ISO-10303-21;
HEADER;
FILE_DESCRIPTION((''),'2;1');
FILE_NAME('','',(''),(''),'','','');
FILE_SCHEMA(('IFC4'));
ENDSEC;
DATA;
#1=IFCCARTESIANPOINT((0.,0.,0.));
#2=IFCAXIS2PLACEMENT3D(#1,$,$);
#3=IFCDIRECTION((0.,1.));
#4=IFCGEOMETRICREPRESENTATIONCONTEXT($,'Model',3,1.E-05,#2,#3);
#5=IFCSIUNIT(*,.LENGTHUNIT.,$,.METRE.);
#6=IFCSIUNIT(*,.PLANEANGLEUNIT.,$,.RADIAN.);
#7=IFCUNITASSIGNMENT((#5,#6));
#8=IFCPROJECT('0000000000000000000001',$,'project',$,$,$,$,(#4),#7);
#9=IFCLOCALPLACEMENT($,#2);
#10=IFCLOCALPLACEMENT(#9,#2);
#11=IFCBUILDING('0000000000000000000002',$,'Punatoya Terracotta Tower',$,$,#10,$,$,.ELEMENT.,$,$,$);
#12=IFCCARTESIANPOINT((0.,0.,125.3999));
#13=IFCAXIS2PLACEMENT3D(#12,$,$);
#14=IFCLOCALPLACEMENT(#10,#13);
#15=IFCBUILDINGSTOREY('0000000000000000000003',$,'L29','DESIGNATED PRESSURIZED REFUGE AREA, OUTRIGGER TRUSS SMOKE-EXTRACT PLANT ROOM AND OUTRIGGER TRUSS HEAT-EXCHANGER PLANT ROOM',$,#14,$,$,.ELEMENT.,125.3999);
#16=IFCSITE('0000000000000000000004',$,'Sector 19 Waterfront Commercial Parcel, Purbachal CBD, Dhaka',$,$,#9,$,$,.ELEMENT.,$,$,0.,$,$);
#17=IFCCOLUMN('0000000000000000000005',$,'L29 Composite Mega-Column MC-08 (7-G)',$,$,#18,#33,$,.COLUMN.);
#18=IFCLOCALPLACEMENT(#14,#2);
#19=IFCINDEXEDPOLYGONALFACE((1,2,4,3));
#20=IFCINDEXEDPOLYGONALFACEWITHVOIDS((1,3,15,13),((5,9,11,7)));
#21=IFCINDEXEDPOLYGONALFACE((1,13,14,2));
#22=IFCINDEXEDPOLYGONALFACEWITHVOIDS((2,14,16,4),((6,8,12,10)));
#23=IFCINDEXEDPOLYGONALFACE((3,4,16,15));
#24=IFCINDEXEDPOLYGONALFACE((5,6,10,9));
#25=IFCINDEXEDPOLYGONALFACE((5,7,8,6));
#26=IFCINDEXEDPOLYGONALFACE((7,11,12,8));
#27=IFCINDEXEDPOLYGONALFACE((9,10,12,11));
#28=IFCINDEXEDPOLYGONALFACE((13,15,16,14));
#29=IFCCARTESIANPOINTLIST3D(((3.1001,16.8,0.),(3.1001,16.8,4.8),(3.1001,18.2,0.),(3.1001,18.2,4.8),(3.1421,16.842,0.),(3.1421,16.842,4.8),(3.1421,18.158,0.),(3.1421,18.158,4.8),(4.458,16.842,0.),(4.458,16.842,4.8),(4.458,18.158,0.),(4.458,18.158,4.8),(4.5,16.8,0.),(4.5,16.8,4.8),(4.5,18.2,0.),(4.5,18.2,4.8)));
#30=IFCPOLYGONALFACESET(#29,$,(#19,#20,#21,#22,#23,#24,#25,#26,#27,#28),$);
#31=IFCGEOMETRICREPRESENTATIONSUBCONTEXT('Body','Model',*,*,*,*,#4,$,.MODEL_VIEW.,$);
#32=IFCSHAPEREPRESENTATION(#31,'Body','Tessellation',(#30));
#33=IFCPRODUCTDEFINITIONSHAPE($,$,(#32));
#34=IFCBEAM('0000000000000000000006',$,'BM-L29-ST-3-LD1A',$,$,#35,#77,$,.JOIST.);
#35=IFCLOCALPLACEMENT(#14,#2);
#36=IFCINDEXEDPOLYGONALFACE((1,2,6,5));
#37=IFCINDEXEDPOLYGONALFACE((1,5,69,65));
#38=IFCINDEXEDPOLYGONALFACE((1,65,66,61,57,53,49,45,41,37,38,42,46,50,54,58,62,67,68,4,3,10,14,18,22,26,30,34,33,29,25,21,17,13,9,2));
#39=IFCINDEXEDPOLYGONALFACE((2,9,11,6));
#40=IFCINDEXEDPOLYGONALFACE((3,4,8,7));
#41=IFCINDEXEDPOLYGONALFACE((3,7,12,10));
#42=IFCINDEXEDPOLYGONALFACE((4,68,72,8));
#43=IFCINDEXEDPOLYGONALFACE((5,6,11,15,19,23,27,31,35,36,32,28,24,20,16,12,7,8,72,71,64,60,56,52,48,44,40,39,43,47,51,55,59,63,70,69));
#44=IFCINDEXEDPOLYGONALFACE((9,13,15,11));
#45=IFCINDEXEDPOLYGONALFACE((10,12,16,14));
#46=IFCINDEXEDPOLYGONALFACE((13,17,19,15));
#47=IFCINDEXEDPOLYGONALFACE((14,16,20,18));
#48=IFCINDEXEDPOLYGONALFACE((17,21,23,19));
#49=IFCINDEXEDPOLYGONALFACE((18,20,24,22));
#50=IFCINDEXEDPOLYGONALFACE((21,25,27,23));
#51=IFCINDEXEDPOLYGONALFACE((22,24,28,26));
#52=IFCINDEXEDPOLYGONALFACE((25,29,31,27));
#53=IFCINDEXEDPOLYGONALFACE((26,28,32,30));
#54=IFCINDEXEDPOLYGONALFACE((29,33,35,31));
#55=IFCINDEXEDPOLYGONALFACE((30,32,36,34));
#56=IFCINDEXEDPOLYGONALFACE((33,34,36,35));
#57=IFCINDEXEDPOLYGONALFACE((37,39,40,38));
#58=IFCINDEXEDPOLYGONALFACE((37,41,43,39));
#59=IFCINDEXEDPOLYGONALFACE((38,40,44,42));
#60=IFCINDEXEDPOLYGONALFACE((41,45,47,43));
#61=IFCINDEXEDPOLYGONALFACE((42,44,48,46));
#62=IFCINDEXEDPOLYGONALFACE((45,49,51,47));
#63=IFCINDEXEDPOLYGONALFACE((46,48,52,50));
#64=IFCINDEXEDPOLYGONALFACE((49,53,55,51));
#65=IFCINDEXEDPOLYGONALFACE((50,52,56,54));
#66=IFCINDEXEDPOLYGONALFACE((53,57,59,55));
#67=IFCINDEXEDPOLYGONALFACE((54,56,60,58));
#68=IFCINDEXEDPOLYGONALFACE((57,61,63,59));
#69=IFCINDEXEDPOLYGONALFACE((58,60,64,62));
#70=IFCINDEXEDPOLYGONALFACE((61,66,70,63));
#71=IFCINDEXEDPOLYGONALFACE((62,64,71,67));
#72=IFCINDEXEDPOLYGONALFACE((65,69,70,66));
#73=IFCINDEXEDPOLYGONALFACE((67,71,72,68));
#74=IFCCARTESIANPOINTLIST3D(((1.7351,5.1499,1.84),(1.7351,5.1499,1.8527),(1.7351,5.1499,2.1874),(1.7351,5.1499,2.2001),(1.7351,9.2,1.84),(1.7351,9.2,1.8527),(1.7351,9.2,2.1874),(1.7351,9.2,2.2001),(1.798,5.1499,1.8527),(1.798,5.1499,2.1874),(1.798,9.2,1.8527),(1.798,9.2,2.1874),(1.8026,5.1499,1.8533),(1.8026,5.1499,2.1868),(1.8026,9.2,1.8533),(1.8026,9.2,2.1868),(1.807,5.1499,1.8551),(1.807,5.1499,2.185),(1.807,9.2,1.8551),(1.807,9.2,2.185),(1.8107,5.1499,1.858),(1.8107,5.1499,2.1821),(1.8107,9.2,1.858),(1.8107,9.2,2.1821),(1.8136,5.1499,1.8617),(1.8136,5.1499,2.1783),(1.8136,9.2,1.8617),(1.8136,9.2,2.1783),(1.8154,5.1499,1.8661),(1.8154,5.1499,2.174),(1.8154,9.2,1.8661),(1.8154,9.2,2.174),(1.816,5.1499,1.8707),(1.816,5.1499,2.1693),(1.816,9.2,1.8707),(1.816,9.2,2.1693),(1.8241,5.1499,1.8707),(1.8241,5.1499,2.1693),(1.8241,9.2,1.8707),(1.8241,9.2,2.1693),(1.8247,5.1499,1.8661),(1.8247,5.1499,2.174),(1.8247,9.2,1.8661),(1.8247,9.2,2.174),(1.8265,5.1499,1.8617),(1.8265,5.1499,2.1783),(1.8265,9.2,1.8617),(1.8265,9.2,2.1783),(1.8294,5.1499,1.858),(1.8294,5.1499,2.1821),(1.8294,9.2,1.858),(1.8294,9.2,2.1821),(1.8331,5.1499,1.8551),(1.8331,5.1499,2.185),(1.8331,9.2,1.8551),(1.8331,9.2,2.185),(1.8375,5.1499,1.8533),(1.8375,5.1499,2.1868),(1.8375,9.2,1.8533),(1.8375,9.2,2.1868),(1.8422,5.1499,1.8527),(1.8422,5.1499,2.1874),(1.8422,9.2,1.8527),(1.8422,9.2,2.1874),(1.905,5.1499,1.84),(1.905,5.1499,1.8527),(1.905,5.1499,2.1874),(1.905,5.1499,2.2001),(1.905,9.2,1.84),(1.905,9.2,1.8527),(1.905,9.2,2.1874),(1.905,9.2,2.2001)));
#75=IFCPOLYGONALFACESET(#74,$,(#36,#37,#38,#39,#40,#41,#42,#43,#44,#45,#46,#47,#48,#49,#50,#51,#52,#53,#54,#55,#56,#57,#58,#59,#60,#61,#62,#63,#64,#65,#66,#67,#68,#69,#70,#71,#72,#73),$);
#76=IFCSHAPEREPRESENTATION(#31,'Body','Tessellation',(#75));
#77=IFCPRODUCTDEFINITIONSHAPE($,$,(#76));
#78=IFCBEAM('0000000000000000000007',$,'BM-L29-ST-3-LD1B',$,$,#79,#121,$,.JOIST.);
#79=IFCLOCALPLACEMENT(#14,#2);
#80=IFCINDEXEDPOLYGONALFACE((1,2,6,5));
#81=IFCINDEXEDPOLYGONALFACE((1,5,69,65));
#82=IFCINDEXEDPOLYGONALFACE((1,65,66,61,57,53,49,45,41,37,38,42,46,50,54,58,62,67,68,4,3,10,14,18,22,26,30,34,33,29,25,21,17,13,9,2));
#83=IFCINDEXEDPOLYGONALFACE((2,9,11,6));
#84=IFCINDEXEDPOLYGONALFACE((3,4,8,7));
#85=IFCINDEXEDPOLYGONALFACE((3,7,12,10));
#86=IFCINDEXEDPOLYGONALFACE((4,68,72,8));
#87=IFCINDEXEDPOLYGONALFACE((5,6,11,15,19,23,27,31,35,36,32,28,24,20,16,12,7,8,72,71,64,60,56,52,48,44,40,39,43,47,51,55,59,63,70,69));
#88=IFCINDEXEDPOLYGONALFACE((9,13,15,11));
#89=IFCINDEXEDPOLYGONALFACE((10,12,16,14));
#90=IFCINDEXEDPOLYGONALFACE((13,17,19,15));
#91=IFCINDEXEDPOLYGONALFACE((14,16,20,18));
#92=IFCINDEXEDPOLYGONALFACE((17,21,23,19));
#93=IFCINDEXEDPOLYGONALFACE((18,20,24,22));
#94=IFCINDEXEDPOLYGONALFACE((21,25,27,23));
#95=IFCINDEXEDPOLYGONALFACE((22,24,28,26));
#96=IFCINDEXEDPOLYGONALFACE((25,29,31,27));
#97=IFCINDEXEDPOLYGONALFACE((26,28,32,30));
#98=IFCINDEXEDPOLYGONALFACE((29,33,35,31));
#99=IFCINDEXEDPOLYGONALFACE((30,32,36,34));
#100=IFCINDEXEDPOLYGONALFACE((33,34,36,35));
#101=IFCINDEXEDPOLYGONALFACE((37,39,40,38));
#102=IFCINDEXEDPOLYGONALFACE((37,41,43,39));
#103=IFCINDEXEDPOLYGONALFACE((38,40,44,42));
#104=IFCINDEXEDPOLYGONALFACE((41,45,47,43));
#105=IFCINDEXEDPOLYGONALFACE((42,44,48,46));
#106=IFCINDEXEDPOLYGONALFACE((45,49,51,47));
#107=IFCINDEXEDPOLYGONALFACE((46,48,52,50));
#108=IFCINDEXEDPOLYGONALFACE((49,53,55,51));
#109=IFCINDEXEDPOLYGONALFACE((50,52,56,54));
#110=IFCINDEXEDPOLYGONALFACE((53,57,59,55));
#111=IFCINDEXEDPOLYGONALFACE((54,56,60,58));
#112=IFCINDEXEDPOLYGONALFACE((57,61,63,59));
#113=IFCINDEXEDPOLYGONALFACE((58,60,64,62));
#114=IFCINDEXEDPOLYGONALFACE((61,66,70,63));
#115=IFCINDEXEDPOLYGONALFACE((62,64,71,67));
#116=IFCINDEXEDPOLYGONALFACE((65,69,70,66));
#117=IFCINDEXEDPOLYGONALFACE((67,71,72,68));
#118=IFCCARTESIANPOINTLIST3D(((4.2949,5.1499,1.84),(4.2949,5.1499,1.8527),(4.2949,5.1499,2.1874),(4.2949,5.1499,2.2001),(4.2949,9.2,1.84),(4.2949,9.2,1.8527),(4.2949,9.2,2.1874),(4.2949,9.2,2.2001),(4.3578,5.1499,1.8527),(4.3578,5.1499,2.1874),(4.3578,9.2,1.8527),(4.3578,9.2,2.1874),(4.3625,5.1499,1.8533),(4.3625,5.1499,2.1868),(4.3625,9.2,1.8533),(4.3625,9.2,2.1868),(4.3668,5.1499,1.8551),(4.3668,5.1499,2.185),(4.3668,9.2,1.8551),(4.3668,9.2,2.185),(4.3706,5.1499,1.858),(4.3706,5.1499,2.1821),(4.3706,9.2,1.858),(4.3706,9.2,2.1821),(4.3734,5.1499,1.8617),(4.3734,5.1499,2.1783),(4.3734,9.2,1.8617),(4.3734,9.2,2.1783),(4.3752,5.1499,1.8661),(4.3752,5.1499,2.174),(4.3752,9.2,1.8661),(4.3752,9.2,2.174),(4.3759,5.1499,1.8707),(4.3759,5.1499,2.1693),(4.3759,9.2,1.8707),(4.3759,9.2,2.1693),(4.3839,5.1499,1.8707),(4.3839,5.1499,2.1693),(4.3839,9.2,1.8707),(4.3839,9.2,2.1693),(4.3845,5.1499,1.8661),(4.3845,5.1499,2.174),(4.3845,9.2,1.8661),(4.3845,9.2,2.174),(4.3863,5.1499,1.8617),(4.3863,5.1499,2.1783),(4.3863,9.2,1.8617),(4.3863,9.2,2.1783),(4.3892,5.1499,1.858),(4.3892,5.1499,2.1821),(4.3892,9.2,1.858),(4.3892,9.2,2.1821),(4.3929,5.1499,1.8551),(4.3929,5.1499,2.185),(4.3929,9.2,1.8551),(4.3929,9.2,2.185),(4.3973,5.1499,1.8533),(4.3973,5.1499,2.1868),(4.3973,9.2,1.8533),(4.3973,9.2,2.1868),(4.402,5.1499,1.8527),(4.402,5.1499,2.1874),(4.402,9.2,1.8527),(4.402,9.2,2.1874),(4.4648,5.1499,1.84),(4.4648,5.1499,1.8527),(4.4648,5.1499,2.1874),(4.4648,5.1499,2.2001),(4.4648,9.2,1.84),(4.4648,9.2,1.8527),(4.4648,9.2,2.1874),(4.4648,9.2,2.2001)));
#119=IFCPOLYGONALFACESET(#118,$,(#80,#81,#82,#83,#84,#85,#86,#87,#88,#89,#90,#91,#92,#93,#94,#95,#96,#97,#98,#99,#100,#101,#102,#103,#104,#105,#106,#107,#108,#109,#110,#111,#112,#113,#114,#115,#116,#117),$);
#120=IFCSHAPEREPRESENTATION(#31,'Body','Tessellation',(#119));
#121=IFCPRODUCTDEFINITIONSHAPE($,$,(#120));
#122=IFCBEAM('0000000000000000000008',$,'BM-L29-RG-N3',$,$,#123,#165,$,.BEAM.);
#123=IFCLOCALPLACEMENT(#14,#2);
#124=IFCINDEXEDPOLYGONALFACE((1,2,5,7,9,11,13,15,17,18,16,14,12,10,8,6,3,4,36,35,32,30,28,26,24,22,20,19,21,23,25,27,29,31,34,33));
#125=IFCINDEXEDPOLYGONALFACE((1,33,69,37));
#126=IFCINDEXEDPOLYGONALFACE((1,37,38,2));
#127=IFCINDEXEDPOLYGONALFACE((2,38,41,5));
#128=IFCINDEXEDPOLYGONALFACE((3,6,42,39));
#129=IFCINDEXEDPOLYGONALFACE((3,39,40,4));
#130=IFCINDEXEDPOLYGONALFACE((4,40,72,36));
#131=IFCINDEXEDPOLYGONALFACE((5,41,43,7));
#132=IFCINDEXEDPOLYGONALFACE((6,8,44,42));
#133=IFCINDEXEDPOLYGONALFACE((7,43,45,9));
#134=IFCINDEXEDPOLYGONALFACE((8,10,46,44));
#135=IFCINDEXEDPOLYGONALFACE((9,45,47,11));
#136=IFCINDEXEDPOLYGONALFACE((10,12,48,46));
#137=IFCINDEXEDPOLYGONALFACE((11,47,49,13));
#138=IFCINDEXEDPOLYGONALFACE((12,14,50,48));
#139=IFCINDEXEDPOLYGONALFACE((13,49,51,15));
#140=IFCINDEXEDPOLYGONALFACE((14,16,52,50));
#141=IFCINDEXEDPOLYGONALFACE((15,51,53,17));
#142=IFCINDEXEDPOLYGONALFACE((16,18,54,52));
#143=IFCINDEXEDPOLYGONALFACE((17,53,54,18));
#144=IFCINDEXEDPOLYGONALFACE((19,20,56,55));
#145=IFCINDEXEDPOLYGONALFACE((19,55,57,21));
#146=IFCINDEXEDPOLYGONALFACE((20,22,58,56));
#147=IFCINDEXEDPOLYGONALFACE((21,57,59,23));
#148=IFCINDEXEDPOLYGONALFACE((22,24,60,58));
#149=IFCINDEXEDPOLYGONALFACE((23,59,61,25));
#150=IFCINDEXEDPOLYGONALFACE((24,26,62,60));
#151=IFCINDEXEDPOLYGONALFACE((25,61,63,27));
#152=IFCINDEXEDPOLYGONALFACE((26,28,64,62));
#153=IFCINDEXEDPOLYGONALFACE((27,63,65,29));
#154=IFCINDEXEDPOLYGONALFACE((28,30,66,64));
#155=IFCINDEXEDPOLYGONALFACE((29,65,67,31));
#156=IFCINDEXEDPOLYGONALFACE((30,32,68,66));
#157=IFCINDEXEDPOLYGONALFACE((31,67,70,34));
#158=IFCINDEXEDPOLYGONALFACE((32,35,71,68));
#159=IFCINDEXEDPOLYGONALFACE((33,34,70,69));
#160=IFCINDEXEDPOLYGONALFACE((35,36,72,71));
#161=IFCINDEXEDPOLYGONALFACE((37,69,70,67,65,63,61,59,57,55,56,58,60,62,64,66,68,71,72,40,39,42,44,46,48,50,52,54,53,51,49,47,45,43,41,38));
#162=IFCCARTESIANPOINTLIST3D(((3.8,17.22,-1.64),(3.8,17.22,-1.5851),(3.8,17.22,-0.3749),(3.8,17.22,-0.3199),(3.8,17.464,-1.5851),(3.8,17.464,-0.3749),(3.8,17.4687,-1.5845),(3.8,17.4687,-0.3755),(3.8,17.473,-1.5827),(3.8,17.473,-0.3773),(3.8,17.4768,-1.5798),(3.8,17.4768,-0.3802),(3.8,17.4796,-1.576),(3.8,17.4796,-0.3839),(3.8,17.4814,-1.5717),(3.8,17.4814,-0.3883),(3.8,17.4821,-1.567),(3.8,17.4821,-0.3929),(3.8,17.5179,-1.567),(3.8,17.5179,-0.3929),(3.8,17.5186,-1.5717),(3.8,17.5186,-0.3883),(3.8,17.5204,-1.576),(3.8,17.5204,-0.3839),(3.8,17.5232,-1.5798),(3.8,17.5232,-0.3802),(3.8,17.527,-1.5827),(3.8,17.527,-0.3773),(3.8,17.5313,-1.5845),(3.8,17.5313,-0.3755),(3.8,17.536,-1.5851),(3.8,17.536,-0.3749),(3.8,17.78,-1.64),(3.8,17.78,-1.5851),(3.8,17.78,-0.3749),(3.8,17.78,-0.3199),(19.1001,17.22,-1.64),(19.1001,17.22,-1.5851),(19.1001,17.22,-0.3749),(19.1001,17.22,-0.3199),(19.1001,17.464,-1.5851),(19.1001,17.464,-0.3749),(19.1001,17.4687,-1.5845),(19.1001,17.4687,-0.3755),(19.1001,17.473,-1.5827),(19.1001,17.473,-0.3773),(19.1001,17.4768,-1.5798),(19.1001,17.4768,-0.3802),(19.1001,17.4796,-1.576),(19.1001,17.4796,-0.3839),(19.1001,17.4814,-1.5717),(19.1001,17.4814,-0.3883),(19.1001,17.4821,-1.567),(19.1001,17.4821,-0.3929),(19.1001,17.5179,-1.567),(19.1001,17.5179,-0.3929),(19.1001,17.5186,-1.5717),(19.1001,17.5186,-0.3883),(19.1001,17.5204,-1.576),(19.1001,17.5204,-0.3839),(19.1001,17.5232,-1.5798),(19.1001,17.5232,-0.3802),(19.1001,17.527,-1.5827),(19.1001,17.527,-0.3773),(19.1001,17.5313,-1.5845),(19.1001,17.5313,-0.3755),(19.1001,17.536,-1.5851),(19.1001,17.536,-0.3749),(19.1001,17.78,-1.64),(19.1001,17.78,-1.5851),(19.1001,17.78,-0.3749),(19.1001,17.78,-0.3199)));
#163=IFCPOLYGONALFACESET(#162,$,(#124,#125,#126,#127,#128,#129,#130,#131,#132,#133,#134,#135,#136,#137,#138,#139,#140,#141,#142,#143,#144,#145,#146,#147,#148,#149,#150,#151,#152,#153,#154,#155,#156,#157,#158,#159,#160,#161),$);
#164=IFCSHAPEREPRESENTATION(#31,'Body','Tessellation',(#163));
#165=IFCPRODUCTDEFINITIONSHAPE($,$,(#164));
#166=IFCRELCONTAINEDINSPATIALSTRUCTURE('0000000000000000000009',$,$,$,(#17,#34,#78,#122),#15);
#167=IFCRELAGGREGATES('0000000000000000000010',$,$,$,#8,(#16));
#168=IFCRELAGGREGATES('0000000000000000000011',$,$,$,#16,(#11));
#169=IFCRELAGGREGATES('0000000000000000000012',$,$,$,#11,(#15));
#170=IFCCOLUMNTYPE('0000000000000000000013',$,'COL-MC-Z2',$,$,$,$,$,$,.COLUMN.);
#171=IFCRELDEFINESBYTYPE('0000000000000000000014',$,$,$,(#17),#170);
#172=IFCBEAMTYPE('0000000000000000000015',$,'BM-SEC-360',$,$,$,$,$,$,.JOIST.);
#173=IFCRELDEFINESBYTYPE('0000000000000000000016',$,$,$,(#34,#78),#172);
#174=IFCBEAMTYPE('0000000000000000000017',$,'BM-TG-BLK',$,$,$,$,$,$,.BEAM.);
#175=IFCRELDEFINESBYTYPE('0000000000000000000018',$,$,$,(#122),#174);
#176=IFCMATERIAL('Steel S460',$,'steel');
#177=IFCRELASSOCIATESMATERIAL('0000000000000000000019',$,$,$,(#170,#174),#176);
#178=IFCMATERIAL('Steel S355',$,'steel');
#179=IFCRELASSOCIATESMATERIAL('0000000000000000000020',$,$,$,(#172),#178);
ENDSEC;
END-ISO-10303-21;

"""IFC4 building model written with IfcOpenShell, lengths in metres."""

from ifc_helpers import new_model, si_unit, direction, frame, origin, origin_2d, place, context, subcontext, project, spatial, hollow_rectangle, i_section, extrude, material, material_profile, profile_set, type_object, element, save


model = new_model("IFC4")

# Units and contexts
model_context = context("Model", 3, precision=1e-05, world=origin(), true_north=direction((0.0, 1.0)))
body_context = subcontext(model_context, "Body", "Model", "MODEL_VIEW")
ifc_project = project(units=[si_unit("LENGTHUNIT", "METRE"), si_unit("PLANEANGLEUNIT", "RADIAN")], contexts=[model_context])

# Site, building, storey
site_placement = place(None, origin())
site = spatial("IfcSite", under=ifc_project, at=site_placement, Name="Sector 19 Waterfront Commercial Parcel, Purbachal CBD, Dhaka", CompositionType="ELEMENT", RefElevation=0.0)
building_placement = place(site_placement, origin())
building = spatial("IfcBuilding", under=site, at=building_placement, Name="Punatoya Terracotta Tower", CompositionType="ELEMENT")
storey_placement = place(building_placement, frame((0.0, 0.0, 125.3999)))
storey = spatial("IfcBuildingStorey", under=building, at=storey_placement, Name="L29", Description="DESIGNATED PRESSURIZED REFUGE AREA, OUTRIGGER TRUSS SMOKE-EXTRACT PLANT ROOM AND OUTRIGGER TRUSS HEAT-EXCHANGER PLANT ROOM", CompositionType="ELEMENT", Elevation=125.3999)

# Column
ifc_material_1 = material(Name="Steel S460", Category="steel")
ifc_material_profile_1 = material_profile(ifc_material_1, hollow_rectangle(XDim=1.3999, YDim=1.3999, WallThickness=0.042, at=origin_2d()))
ifc_profile_set_1 = profile_set([ifc_material_profile_1], Name="Steel S460")
column_type = type_object("IfcColumnType", Name="COL-MC-Z2", PredefinedType="COLUMN", material=ifc_profile_set_1)
column_placement = place(storey_placement, frame((3.8, 17.5, 0.0), z_axis=(0.0, 0.0, 1.0), x_axis=(1.0, 0.0, 0.0)))
element("IfcColumn", 1, at=column_placement, inside=storey, type_object=column_type, Name="L29 Composite Mega-Column MC-08 (7-G)", PredefinedType="COLUMN", context=body_context, shape_type="SweptSolid", body=[
    extrude(hollow_rectangle(XDim=1.3999, YDim=1.3999, WallThickness=0.042, at=origin_2d()), origin(), (0.0, 0.0, 1.0), 4.8),
])

# Beams
ifc_material_2 = material(Name="Steel S355", Category="steel")
ifc_material_profile_2 = material_profile(ifc_material_2, i_section(OverallWidth=0.1699, OverallDepth=0.3601, WebThickness=0.0081, FlangeThickness=0.0127, FilletRadius=0.0181, at=origin_2d()))
ifc_profile_set_2 = profile_set([ifc_material_profile_2], Name="Steel S355")
beam_type_1 = type_object("IfcBeamType", Name="BM-SEC-360", PredefinedType="JOIST", material=ifc_profile_set_2)
for number, where, z_axis, x_axis, name in (
    (2, (1.8201, 5.1499, 2.02), (0.0, 1.0, 0.0), (-1.0, 0.0, 0.0), "BM-L29-ST-3-LD1A"),
    (3, (4.3799, 5.1499, 2.02), (0.0, 1.0, 0.0), (-1.0, 0.0, 0.0), "BM-L29-ST-3-LD1B"),
):
    element("IfcBeam", number, at=place(storey_placement, frame(where, z_axis=z_axis, x_axis=x_axis)), inside=storey, type_object=beam_type_1, Name=name, PredefinedType="JOIST", context=body_context, shape_type="SweptSolid", body=[
        extrude(i_section(OverallWidth=0.1699, OverallDepth=0.3601, WebThickness=0.0081, FlangeThickness=0.0127, FilletRadius=0.0181, at=origin_2d()), origin(), (0.0, 0.0, 1.0), 4.05),
    ])
ifc_material_profile_3 = material_profile(ifc_material_1, i_section(OverallWidth=0.5601, OverallDepth=1.3201, WebThickness=0.0359, FlangeThickness=0.0549, FilletRadius=0.0181, at=origin_2d()))
ifc_profile_set_3 = profile_set([ifc_material_profile_3], Name="Steel S460")
beam_type_2 = type_object("IfcBeamType", Name="BM-TG-BLK", PredefinedType="BEAM", material=ifc_profile_set_3)
beam_1_placement = place(storey_placement, frame((3.8, 17.5, -0.98), z_axis=(1.0, 0.0, 0.0), x_axis=(0.0, 1.0, 0.0)))
element("IfcBeam", 4, at=beam_1_placement, inside=storey, type_object=beam_type_2, Name="BM-L29-RG-N3", PredefinedType="BEAM", context=body_context, shape_type="SweptSolid", body=[
    extrude(i_section(OverallWidth=0.5601, OverallDepth=1.3201, WebThickness=0.0359, FlangeThickness=0.0549, FilletRadius=0.0181, at=origin_2d()), origin(), (0.0, 0.0, 1.0), 15.3),
])

save(model, "model.ifc")
